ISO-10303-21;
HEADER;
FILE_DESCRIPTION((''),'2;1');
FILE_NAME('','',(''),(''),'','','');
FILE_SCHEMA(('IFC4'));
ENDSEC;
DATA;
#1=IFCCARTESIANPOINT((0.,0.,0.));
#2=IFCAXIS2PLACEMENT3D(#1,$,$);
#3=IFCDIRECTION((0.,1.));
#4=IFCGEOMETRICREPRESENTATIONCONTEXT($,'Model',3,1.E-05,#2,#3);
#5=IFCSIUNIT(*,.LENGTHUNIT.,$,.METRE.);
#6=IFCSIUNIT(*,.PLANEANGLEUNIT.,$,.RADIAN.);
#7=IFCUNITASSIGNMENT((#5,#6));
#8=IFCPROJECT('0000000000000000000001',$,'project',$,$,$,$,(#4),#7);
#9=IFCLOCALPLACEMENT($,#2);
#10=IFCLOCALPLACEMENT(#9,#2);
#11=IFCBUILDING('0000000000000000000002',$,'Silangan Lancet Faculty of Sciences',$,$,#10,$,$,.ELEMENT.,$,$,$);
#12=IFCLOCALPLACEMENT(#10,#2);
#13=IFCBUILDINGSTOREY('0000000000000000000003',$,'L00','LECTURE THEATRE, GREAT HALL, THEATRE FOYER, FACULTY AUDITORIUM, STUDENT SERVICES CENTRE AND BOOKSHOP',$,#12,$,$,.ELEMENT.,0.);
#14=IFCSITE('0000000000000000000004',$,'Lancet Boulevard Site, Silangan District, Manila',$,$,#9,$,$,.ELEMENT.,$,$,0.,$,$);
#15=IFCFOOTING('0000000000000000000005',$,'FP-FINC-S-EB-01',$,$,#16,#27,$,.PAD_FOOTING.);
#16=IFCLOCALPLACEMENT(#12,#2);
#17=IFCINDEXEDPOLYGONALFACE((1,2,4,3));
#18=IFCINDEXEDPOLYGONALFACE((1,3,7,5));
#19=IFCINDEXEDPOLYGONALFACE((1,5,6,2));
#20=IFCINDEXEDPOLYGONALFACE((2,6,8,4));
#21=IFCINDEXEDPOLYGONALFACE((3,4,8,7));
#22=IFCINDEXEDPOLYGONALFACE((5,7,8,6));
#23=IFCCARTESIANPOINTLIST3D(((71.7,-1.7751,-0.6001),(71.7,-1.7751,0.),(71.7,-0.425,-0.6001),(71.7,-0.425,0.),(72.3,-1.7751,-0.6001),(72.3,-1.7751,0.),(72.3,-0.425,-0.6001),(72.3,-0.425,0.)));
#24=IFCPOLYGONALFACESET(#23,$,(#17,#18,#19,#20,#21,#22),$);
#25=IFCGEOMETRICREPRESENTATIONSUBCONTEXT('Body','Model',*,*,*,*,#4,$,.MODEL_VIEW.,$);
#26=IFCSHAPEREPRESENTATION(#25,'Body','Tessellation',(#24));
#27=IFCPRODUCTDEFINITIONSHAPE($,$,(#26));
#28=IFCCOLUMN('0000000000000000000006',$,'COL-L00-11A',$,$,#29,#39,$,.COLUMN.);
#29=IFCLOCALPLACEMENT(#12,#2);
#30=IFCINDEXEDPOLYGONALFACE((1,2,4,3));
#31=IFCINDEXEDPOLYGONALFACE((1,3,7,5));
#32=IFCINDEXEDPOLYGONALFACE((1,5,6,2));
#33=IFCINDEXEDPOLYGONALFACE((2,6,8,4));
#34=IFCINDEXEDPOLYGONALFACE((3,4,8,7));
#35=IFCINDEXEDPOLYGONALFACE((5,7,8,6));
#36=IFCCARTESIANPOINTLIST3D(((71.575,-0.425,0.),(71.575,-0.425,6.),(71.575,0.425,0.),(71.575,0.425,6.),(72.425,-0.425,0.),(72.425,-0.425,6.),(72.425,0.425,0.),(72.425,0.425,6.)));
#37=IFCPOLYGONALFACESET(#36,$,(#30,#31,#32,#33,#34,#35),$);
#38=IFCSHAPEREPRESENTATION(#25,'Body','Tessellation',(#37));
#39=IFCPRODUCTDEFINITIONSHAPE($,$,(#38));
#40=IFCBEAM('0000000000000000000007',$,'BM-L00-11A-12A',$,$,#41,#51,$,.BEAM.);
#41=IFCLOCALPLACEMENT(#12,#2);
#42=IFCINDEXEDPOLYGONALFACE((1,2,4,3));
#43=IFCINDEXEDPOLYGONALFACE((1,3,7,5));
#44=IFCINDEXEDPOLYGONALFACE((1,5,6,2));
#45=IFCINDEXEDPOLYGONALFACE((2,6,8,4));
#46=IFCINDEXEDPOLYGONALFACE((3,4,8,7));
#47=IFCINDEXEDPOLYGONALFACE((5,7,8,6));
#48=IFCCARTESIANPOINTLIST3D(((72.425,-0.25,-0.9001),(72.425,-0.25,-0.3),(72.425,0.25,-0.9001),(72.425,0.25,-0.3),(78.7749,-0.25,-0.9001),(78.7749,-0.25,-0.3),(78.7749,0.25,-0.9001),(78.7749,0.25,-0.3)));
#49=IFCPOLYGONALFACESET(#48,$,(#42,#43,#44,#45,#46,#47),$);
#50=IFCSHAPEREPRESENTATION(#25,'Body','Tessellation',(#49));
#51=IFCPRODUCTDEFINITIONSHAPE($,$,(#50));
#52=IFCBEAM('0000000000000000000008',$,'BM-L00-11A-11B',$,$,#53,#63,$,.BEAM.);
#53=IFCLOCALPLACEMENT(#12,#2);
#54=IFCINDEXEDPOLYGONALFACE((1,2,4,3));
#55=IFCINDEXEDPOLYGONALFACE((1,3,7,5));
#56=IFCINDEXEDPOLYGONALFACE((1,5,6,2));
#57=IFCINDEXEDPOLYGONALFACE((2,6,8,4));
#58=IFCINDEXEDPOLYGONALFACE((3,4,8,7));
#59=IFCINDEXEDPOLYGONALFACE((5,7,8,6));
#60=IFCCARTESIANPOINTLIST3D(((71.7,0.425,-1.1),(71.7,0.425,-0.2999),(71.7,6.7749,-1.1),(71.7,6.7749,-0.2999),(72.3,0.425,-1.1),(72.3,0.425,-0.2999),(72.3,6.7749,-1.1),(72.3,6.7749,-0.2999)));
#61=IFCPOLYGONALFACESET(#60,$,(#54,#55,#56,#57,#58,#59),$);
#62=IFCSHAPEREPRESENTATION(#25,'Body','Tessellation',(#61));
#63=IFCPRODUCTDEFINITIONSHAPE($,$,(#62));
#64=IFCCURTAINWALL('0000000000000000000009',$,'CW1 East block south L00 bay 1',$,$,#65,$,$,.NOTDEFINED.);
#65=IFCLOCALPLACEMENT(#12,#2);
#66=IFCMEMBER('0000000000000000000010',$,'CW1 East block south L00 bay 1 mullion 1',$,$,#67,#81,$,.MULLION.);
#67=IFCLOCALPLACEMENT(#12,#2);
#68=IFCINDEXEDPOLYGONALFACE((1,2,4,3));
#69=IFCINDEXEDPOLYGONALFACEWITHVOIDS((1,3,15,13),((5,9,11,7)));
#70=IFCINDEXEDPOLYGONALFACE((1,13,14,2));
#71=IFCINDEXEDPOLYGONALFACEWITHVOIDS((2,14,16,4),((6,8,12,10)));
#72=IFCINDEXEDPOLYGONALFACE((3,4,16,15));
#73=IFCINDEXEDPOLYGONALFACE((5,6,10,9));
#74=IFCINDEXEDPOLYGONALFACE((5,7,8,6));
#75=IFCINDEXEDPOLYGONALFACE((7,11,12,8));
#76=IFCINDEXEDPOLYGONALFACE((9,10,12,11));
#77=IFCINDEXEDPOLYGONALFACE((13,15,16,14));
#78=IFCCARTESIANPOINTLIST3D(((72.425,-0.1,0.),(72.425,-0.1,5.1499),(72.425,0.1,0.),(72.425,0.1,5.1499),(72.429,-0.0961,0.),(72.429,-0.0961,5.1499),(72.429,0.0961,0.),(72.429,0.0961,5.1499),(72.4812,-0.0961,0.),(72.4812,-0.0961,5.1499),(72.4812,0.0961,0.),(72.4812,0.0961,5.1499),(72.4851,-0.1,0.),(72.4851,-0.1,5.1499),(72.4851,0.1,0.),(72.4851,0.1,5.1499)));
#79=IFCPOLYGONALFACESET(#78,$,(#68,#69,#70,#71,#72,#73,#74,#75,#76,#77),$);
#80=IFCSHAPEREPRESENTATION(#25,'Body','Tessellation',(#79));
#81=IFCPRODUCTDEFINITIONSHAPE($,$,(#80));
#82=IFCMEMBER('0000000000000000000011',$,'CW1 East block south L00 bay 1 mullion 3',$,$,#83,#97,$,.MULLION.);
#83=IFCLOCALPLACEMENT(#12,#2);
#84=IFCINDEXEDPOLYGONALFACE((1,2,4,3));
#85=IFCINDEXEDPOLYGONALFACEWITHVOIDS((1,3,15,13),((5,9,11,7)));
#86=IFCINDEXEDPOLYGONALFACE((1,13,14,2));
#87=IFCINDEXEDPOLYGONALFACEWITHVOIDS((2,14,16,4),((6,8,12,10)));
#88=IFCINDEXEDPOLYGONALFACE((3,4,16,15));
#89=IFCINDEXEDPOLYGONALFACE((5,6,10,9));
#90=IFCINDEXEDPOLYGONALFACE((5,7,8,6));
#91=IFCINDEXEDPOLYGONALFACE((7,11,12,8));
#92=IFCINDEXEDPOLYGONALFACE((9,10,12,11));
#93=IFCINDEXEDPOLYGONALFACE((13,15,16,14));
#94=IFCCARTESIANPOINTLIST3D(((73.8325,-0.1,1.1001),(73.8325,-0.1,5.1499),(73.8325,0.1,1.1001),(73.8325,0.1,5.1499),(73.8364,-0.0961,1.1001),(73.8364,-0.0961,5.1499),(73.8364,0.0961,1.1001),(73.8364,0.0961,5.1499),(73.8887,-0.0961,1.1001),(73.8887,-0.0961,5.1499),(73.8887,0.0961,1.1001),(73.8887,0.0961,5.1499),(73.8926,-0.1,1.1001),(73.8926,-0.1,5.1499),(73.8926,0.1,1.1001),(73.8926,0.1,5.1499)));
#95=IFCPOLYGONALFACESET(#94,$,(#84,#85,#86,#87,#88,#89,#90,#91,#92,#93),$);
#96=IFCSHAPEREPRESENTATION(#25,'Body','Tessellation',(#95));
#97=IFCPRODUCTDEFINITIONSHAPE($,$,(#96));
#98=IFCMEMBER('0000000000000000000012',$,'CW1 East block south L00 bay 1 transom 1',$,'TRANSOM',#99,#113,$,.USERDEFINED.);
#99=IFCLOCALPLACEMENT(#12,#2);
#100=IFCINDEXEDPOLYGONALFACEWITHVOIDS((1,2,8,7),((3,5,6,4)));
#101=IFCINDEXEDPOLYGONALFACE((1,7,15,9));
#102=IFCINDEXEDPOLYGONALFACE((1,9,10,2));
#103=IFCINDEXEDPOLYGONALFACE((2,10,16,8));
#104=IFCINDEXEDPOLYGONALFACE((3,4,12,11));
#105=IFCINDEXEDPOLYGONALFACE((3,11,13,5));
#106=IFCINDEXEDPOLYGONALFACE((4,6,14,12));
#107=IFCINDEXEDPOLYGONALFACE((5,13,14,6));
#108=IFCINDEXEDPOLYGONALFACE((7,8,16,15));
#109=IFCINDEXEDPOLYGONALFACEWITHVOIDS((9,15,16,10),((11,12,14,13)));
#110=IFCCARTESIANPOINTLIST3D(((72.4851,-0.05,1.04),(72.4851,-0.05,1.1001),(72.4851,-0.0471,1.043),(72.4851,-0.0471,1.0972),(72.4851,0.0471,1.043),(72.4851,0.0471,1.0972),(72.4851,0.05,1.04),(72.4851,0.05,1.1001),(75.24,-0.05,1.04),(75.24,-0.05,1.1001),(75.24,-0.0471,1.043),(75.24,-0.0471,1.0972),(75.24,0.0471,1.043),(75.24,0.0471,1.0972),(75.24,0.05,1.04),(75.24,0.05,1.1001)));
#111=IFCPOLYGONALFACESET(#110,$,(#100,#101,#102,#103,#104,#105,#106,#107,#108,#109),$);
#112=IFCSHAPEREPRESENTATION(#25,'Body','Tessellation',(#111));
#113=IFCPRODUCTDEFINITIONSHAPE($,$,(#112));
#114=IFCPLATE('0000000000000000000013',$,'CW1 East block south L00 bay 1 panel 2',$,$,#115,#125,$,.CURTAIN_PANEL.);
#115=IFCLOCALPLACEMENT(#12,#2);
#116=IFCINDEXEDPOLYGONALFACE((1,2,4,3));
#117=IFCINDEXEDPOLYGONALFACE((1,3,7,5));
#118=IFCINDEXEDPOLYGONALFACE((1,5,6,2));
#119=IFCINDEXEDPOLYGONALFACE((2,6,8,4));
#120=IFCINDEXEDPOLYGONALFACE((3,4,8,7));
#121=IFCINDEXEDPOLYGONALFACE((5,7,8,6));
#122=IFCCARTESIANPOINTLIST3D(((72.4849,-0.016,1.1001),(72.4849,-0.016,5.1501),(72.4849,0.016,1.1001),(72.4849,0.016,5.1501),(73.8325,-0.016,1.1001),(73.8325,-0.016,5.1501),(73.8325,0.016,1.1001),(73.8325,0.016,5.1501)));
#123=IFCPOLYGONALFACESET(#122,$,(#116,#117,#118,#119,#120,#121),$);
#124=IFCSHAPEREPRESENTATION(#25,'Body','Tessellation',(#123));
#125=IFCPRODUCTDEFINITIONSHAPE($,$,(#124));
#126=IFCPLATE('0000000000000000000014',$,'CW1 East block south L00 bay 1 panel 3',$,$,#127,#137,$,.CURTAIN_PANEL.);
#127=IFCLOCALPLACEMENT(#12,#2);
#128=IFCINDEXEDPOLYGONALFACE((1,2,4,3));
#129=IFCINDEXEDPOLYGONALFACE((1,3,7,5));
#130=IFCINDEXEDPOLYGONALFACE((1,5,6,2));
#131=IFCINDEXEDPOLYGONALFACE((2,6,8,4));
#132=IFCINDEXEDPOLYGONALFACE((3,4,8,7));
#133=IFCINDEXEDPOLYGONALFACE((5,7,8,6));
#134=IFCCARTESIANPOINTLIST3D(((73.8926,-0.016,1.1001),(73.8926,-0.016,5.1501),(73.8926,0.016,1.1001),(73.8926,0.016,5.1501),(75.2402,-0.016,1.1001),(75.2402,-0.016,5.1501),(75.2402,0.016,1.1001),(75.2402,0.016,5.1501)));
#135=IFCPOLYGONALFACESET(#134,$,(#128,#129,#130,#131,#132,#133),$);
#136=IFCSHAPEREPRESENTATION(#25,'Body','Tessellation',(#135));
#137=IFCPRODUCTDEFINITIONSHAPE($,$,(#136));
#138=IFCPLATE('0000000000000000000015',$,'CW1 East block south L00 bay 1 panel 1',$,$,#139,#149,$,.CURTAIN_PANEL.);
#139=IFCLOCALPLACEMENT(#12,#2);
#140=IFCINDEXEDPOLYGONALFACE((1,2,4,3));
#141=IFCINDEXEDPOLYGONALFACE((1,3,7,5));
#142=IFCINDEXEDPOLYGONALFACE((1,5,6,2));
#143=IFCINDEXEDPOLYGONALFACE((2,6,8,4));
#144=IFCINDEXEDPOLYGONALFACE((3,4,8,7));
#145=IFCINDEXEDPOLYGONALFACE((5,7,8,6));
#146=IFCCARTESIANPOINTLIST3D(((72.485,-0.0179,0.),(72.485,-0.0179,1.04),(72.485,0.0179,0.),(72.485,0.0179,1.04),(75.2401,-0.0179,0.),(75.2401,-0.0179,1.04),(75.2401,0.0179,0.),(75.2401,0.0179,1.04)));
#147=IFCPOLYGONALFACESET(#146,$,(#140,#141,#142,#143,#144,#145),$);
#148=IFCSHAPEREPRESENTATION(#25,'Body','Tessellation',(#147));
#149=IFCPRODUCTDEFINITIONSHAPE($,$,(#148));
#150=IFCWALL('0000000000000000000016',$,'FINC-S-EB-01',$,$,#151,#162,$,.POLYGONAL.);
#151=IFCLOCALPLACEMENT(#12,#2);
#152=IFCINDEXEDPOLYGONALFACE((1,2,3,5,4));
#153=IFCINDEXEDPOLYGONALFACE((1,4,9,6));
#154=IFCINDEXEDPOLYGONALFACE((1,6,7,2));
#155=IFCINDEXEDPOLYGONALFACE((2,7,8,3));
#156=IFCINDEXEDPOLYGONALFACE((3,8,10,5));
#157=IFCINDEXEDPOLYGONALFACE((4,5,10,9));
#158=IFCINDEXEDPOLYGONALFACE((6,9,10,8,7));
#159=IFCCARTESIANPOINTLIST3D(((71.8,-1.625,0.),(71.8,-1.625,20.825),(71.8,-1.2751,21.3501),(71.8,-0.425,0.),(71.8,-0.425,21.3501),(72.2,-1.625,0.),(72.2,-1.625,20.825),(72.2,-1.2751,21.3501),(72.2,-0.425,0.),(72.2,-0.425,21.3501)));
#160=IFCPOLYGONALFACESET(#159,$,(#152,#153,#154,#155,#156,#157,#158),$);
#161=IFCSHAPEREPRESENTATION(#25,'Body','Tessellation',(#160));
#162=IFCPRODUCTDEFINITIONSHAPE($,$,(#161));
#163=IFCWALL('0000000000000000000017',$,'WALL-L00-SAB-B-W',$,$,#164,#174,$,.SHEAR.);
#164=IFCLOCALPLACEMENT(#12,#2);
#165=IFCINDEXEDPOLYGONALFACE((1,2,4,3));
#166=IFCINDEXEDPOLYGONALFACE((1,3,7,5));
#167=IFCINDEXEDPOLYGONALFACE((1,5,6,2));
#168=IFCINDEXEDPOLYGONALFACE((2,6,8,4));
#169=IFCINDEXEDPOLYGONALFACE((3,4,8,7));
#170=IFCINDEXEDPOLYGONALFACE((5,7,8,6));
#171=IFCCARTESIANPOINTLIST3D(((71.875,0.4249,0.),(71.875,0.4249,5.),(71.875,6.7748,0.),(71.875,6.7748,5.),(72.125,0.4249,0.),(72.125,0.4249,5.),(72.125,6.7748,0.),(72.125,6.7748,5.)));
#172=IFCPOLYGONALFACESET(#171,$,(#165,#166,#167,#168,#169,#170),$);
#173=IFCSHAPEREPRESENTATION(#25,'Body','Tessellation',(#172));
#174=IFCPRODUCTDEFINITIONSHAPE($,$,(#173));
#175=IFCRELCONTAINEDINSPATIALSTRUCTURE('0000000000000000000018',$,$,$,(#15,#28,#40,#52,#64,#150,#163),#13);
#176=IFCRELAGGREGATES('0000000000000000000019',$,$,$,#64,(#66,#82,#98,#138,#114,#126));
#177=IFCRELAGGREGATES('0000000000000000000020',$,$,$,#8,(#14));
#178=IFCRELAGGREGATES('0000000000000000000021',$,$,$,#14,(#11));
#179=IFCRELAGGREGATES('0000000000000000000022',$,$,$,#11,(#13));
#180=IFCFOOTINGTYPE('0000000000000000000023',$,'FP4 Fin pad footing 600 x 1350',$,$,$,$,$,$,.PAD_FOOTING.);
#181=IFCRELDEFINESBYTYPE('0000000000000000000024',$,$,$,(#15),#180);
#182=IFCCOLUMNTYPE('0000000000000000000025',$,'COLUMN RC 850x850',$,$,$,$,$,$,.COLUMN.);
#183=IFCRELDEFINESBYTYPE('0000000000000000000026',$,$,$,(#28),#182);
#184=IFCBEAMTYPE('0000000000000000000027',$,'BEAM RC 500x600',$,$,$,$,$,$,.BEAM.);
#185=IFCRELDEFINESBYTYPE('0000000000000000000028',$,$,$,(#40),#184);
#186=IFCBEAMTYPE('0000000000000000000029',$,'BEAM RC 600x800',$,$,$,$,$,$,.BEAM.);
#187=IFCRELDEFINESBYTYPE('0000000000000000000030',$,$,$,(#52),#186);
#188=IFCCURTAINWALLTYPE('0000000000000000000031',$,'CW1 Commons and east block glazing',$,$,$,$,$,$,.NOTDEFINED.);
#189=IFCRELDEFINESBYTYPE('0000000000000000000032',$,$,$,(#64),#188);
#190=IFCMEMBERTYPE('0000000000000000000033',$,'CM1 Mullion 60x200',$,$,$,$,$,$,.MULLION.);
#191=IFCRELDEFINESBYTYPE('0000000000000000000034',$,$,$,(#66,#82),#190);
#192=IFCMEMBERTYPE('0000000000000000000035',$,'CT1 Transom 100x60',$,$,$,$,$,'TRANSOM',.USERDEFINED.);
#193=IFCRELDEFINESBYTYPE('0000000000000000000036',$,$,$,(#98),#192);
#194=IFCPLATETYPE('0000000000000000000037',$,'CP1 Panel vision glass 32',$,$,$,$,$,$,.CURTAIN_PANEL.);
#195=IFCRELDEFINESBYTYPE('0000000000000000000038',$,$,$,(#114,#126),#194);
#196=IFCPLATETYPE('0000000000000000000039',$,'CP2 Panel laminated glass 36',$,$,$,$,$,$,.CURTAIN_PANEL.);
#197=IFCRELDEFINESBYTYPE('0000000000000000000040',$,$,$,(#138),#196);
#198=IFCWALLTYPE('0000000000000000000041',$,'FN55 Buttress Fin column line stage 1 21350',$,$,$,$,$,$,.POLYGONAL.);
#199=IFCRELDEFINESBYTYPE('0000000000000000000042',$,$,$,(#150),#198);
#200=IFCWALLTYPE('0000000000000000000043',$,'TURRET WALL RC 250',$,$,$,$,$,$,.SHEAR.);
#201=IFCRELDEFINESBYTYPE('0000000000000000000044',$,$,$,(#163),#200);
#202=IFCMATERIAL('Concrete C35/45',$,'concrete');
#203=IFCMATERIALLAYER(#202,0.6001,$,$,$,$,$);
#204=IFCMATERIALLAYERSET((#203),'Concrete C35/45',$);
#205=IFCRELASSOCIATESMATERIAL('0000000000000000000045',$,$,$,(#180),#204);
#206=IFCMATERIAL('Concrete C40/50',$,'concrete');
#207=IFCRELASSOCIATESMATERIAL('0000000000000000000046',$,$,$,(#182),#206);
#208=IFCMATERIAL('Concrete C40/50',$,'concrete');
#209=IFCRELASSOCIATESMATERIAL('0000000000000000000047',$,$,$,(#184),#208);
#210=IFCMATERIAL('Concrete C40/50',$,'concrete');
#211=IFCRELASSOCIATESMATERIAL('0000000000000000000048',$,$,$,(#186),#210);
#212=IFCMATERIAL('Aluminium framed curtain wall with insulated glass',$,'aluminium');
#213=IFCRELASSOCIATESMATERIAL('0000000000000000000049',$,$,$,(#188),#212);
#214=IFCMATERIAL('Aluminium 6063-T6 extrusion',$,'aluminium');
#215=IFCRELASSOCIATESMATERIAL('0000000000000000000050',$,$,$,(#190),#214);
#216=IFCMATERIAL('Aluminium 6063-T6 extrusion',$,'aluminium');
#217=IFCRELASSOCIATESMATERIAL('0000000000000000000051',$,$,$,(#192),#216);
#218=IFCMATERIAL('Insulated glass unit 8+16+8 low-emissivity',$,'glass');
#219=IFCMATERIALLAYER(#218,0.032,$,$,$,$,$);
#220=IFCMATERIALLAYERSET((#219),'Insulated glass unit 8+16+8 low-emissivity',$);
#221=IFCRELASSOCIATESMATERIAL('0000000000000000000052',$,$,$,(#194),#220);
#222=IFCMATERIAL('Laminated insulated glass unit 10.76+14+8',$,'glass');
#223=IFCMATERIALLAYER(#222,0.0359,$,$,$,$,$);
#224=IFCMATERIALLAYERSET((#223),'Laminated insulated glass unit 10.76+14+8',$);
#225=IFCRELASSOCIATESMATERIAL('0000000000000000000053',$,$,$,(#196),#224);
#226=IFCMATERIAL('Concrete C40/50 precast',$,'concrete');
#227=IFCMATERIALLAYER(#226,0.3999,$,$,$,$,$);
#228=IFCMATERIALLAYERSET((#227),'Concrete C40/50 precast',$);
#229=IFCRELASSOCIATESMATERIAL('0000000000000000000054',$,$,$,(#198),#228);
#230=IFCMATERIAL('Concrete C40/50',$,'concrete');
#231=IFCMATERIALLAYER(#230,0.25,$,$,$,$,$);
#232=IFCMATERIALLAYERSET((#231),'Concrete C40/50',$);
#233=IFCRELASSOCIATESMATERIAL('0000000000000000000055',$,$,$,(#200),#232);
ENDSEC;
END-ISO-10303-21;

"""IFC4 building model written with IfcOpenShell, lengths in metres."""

from ifc_helpers import new_model, si_unit, direction, frame, frame_2d, origin, origin_2d, place, context, subcontext, project, spatial, polyline, rectangle, hollow_rectangle, outline, extrude, material, layer, layer_set, material_profile, profile_set, type_object, element, aggregate, save


model = new_model("IFC4")

# Units and contexts
model_context = context("Model", 3, precision=1e-05, world=origin(), true_north=direction((0.0, 1.0)))
body_context = subcontext(model_context, "Body", "Model", "MODEL_VIEW")
ifc_project = project(units=[si_unit("LENGTHUNIT", "METRE"), si_unit("PLANEANGLEUNIT", "RADIAN")], contexts=[model_context])

# Site, building, storey
site_placement = place(None, origin())
site = spatial("IfcSite", under=ifc_project, at=site_placement, Name="Lancet Boulevard Site, Silangan District, Manila", CompositionType="ELEMENT", RefElevation=0.0)
building_placement = place(site_placement, origin())
building = spatial("IfcBuilding", under=site, at=building_placement, Name="Silangan Lancet Faculty of Sciences", CompositionType="ELEMENT")
storey_placement = place(building_placement, origin())
storey = spatial("IfcBuildingStorey", under=building, at=storey_placement, Name="L00", Description="LECTURE THEATRE, GREAT HALL, THEATRE FOYER, FACULTY AUDITORIUM, STUDENT SERVICES CENTRE AND BOOKSHOP", CompositionType="ELEMENT", Elevation=0.0)

# Footing
ifc_material_1 = material(Name="Concrete C35/45", Category="concrete")
ifc_layer_1 = layer(ifc_material_1, 0.6001)
ifc_layer_set_1 = layer_set([ifc_layer_1], Name="Concrete C35/45")
footing_type = type_object("IfcFootingType", Name="FP4 Fin pad footing 600 x 1350", PredefinedType="PAD_FOOTING", material=ifc_layer_set_1)
footing_placement = place(storey_placement, frame((72.0, -1.1001, -0.6001), z_axis=(0.0, 0.0, 1.0), x_axis=(1.0, 0.0, 0.0)))
element("IfcFooting", 1, at=footing_placement, inside=storey, type_object=footing_type, Name="FP-FINC-S-EB-01", PredefinedType="PAD_FOOTING", context=body_context, shape_type="SweptSolid", body=[
    extrude(rectangle(XDim=0.6001, YDim=1.3501, at=origin_2d()), origin(), (0.0, 0.0, 1.0), 0.6001),
])

# Column
ifc_material_2 = material(Name="Concrete C40/50", Category="concrete")
ifc_material_profile_1 = material_profile(ifc_material_2, rectangle(XDim=0.8501, YDim=0.8501, at=origin_2d()), Name="RC 850x850")
ifc_profile_set_1 = profile_set([ifc_material_profile_1], Name="Concrete C40/50")
column_type = type_object("IfcColumnType", Name="COLUMN RC 850x850", PredefinedType="COLUMN", material=ifc_profile_set_1)
column_placement = place(storey_placement, frame((72.0, 0.0, 0.0), z_axis=(0.0, 0.0, 1.0), x_axis=(1.0, 0.0, 0.0)))
element("IfcColumn", 2, at=column_placement, inside=storey, type_object=column_type, Name="COL-L00-11A", PredefinedType="COLUMN", context=body_context, shape_type="SweptSolid", body=[
    extrude(rectangle(XDim=0.8501, YDim=0.8501, at=origin_2d()), origin(), (0.0, 0.0, 1.0), 6.0),
])

# Beams
ifc_material_3 = material(Name="Concrete C40/50", Category="concrete")
ifc_material_profile_2 = material_profile(ifc_material_3, rectangle(XDim=0.5, YDim=0.6001, at=origin_2d()), Name="RC 500x600")
ifc_profile_set_2 = profile_set([ifc_material_profile_2], Name="Concrete C40/50")
beam_type_1 = type_object("IfcBeamType", Name="BEAM RC 500x600", PredefinedType="BEAM", material=ifc_profile_set_2)
beam_1_placement = place(storey_placement, frame((72.425, 0.0, -0.6001), z_axis=(1.0, 0.0, 0.0), x_axis=(0.0, 1.0, 0.0)))
element("IfcBeam", 3, at=beam_1_placement, inside=storey, type_object=beam_type_1, Name="BM-L00-11A-12A", PredefinedType="BEAM", context=body_context, shape_type="SweptSolid", body=[
    extrude(rectangle(XDim=0.5, YDim=0.6001, at=origin_2d()), origin(), (0.0, 0.0, 1.0), 6.3499),
])
ifc_material_4 = material(Name="Concrete C40/50", Category="concrete")
ifc_material_profile_3 = material_profile(ifc_material_4, rectangle(XDim=0.6001, YDim=0.8, at=origin_2d()), Name="RC 600x800")
ifc_profile_set_3 = profile_set([ifc_material_profile_3], Name="Concrete C40/50")
beam_type_2 = type_object("IfcBeamType", Name="BEAM RC 600x800", PredefinedType="BEAM", material=ifc_profile_set_3)
beam_2_placement = place(storey_placement, frame((72.0, 0.425, -0.7), z_axis=(0.0, 1.0, 0.0), x_axis=(-1.0, 0.0, 0.0)))
element("IfcBeam", 4, at=beam_2_placement, inside=storey, type_object=beam_type_2, Name="BM-L00-11A-11B", PredefinedType="BEAM", context=body_context, shape_type="SweptSolid", body=[
    extrude(rectangle(XDim=0.6001, YDim=0.8, at=origin_2d()), origin(), (0.0, 0.0, 1.0), 6.3499),
])

# Curtain wall, members, plates
ifc_material_5 = material(Name="Aluminium framed curtain wall with insulated glass", Category="aluminium")
curtain_wall_type = type_object("IfcCurtainWallType", Name="CW1 Commons and east block glazing", PredefinedType="NOTDEFINED", material=ifc_material_5)
curtain_wall_placement = place(storey_placement, origin())
curtain_wall = element("IfcCurtainWall", 5, at=curtain_wall_placement, inside=storey, type_object=curtain_wall_type, Name="CW1 East block south L00 bay 1", PredefinedType="NOTDEFINED")
ifc_material_6 = material(Name="Aluminium 6063-T6 extrusion", Category="aluminium")
ifc_material_profile_4 = material_profile(ifc_material_6, hollow_rectangle(XDim=0.0601, YDim=0.2, WallThickness=0.0039, at=origin_2d()), Name="AL BOX 60x200x4")
ifc_profile_set_4 = profile_set([ifc_material_profile_4], Name="Aluminium 6063-T6 extrusion")
member_type_1 = type_object("IfcMemberType", Name="CM1 Mullion 60x200", PredefinedType="MULLION", material=ifc_profile_set_4)
member_1_placement = place(storey_placement, frame((72.4551, 0.0, 0.0), z_axis=(0.0, 0.0, 1.0), x_axis=(1.0, 0.0, 0.0)))
member_1 = element("IfcMember", 6, at=member_1_placement, type_object=member_type_1, Name="CW1 East block south L00 bay 1 mullion 1", PredefinedType="MULLION", context=body_context, shape_type="SweptSolid", body=[
    extrude(hollow_rectangle(XDim=0.0601, YDim=0.2, WallThickness=0.0039, at=origin_2d()), origin(), (0.0, 0.0, 1.0), 5.1499),
])
member_2_placement = place(storey_placement, frame((73.8625, 0.0, 1.1001), z_axis=(0.0, 0.0, 1.0), x_axis=(1.0, 0.0, 0.0)))
member_2 = element("IfcMember", 7, at=member_2_placement, type_object=member_type_1, Name="CW1 East block south L00 bay 1 mullion 3", PredefinedType="MULLION", context=body_context, shape_type="SweptSolid", body=[
    extrude(hollow_rectangle(XDim=0.0601, YDim=0.2, WallThickness=0.0039, at=origin_2d()), origin(), (0.0, 0.0, 1.0), 4.0498),
])
ifc_material_7 = material(Name="Aluminium 6063-T6 extrusion", Category="aluminium")
ifc_material_profile_5 = material_profile(ifc_material_7, hollow_rectangle(XDim=0.1001, YDim=0.0601, WallThickness=0.0029, at=origin_2d()), Name="AL BOX 100x60x3")
ifc_profile_set_5 = profile_set([ifc_material_profile_5], Name="Aluminium 6063-T6 extrusion")
member_type_2 = type_object("IfcMemberType", Name="CT1 Transom 100x60", ElementType="TRANSOM", PredefinedType="USERDEFINED", material=ifc_profile_set_5)
member_3_placement = place(storey_placement, frame((72.4851, 0.0, 1.0701), z_axis=(1.0, 0.0, 0.0), x_axis=(0.0, 1.0, 0.0)))
member_3 = element("IfcMember", 8, at=member_3_placement, type_object=member_type_2, Name="CW1 East block south L00 bay 1 transom 1", ObjectType="TRANSOM", PredefinedType="USERDEFINED", context=body_context, shape_type="SweptSolid", body=[
    extrude(hollow_rectangle(XDim=0.1001, YDim=0.0601, WallThickness=0.0029, at=origin_2d()), origin(), (0.0, 0.0, 1.0), 2.7549),
])
ifc_material_8 = material(Name="Insulated glass unit 8+16+8 low-emissivity", Category="glass")
ifc_layer_2 = layer(ifc_material_8, 0.032)
ifc_layer_set_2 = layer_set([ifc_layer_2], Name="Insulated glass unit 8+16+8 low-emissivity")
plate_type_1 = type_object("IfcPlateType", Name="CP1 Panel vision glass 32", PredefinedType="CURTAIN_PANEL", material=ifc_layer_set_2)
plate_1_placement = place(storey_placement, frame((73.1587, 0.0, 1.1001), z_axis=(0.0, 0.0, 1.0), x_axis=(1.0, 0.0, 0.0)))
plate_1 = element("IfcPlate", 9, at=plate_1_placement, type_object=plate_type_1, Name="CW1 East block south L00 bay 1 panel 2", PredefinedType="CURTAIN_PANEL", context=body_context, shape_type="SweptSolid", body=[
    extrude(rectangle(XDim=1.3477, YDim=0.032, at=origin_2d()), origin(), (0.0, 0.0, 1.0), 4.05),
])
plate_2_placement = place(storey_placement, frame((74.5664, 0.0, 1.1001), z_axis=(0.0, 0.0, 1.0), x_axis=(1.0, 0.0, 0.0)))
plate_2 = element("IfcPlate", 10, at=plate_2_placement, type_object=plate_type_1, Name="CW1 East block south L00 bay 1 panel 3", PredefinedType="CURTAIN_PANEL", context=body_context, shape_type="SweptSolid", body=[
    extrude(rectangle(XDim=1.3477, YDim=0.032, at=origin_2d()), origin(), (0.0, 0.0, 1.0), 4.05),
])
ifc_material_9 = material(Name="Laminated insulated glass unit 10.76+14+8", Category="glass")
ifc_layer_3 = layer(ifc_material_9, 0.0359)
ifc_layer_set_3 = layer_set([ifc_layer_3], Name="Laminated insulated glass unit 10.76+14+8")
plate_type_2 = type_object("IfcPlateType", Name="CP2 Panel laminated glass 36", PredefinedType="CURTAIN_PANEL", material=ifc_layer_set_3)
plate_3_placement = place(storey_placement, frame((73.8625, 0.0, 0.0), z_axis=(0.0, 0.0, 1.0), x_axis=(1.0, 0.0, 0.0)))
plate_3 = element("IfcPlate", 11, at=plate_3_placement, type_object=plate_type_2, Name="CW1 East block south L00 bay 1 panel 1", PredefinedType="CURTAIN_PANEL", context=body_context, shape_type="SweptSolid", body=[
    extrude(rectangle(XDim=2.7551, YDim=0.0359, at=origin_2d()), origin(), (0.0, 0.0, 1.0), 1.04),
])
aggregate(curtain_wall, [member_1, member_2, member_3, plate_3, plate_1, plate_2])

# Walls
ifc_material_10 = material(Name="Concrete C40/50 precast", Category="concrete")
ifc_layer_4 = layer(ifc_material_10, 0.3999)
ifc_layer_set_4 = layer_set([ifc_layer_4], Name="Concrete C40/50 precast")
wall_type_1 = type_object("IfcWallType", Name="FN55 Buttress Fin column line stage 1 21350", PredefinedType="POLYGONAL", material=ifc_layer_set_4)
wall_1_placement = place(storey_placement, frame((72.0, -0.425, 0.0), z_axis=(0.0, 0.0, 1.0), x_axis=(0.0, -1.0, 0.0)))
element("IfcWall", 12, at=wall_1_placement, inside=storey, type_object=wall_type_1, Name="FINC-S-EB-01", PredefinedType="POLYGONAL", context=body_context, shape_type="SweptSolid", body=[
    extrude(outline(polyline([(1.2, 0.0), (1.2, 20.825), (0.8501, 21.3501), (0.0, 21.3501), (0.0, 0.0), (1.2, 0.0)])), frame((0.0, 0.2, 0.0), z_axis=(0.0, -1.0, 0.0), x_axis=(1.0, 0.0, 0.0)), (0.0, 0.0, 1.0), 0.3999),
])
ifc_material_11 = material(Name="Concrete C40/50", Category="concrete")
ifc_layer_5 = layer(ifc_material_11, 0.25)
ifc_layer_set_5 = layer_set([ifc_layer_5], Name="Concrete C40/50")
wall_type_2 = type_object("IfcWallType", Name="TURRET WALL RC 250", PredefinedType="SHEAR", material=ifc_layer_set_5)
wall_2_placement = place(storey_placement, frame((72.0, 0.425, 0.0), z_axis=(0.0, 0.0, 1.0), x_axis=(0.0, 1.0, 0.0)))
element("IfcWall", 13, at=wall_2_placement, inside=storey, type_object=wall_type_2, Name="WALL-L00-SAB-B-W", PredefinedType="SHEAR", context=body_context, shape_type="SweptSolid", body=[
    extrude(rectangle(XDim=6.3499, YDim=0.25, at=frame_2d((3.1748, 0.0))), origin(), (0.0, 0.0, 1.0), 5.0),
])

save(model, "model.ifc")
